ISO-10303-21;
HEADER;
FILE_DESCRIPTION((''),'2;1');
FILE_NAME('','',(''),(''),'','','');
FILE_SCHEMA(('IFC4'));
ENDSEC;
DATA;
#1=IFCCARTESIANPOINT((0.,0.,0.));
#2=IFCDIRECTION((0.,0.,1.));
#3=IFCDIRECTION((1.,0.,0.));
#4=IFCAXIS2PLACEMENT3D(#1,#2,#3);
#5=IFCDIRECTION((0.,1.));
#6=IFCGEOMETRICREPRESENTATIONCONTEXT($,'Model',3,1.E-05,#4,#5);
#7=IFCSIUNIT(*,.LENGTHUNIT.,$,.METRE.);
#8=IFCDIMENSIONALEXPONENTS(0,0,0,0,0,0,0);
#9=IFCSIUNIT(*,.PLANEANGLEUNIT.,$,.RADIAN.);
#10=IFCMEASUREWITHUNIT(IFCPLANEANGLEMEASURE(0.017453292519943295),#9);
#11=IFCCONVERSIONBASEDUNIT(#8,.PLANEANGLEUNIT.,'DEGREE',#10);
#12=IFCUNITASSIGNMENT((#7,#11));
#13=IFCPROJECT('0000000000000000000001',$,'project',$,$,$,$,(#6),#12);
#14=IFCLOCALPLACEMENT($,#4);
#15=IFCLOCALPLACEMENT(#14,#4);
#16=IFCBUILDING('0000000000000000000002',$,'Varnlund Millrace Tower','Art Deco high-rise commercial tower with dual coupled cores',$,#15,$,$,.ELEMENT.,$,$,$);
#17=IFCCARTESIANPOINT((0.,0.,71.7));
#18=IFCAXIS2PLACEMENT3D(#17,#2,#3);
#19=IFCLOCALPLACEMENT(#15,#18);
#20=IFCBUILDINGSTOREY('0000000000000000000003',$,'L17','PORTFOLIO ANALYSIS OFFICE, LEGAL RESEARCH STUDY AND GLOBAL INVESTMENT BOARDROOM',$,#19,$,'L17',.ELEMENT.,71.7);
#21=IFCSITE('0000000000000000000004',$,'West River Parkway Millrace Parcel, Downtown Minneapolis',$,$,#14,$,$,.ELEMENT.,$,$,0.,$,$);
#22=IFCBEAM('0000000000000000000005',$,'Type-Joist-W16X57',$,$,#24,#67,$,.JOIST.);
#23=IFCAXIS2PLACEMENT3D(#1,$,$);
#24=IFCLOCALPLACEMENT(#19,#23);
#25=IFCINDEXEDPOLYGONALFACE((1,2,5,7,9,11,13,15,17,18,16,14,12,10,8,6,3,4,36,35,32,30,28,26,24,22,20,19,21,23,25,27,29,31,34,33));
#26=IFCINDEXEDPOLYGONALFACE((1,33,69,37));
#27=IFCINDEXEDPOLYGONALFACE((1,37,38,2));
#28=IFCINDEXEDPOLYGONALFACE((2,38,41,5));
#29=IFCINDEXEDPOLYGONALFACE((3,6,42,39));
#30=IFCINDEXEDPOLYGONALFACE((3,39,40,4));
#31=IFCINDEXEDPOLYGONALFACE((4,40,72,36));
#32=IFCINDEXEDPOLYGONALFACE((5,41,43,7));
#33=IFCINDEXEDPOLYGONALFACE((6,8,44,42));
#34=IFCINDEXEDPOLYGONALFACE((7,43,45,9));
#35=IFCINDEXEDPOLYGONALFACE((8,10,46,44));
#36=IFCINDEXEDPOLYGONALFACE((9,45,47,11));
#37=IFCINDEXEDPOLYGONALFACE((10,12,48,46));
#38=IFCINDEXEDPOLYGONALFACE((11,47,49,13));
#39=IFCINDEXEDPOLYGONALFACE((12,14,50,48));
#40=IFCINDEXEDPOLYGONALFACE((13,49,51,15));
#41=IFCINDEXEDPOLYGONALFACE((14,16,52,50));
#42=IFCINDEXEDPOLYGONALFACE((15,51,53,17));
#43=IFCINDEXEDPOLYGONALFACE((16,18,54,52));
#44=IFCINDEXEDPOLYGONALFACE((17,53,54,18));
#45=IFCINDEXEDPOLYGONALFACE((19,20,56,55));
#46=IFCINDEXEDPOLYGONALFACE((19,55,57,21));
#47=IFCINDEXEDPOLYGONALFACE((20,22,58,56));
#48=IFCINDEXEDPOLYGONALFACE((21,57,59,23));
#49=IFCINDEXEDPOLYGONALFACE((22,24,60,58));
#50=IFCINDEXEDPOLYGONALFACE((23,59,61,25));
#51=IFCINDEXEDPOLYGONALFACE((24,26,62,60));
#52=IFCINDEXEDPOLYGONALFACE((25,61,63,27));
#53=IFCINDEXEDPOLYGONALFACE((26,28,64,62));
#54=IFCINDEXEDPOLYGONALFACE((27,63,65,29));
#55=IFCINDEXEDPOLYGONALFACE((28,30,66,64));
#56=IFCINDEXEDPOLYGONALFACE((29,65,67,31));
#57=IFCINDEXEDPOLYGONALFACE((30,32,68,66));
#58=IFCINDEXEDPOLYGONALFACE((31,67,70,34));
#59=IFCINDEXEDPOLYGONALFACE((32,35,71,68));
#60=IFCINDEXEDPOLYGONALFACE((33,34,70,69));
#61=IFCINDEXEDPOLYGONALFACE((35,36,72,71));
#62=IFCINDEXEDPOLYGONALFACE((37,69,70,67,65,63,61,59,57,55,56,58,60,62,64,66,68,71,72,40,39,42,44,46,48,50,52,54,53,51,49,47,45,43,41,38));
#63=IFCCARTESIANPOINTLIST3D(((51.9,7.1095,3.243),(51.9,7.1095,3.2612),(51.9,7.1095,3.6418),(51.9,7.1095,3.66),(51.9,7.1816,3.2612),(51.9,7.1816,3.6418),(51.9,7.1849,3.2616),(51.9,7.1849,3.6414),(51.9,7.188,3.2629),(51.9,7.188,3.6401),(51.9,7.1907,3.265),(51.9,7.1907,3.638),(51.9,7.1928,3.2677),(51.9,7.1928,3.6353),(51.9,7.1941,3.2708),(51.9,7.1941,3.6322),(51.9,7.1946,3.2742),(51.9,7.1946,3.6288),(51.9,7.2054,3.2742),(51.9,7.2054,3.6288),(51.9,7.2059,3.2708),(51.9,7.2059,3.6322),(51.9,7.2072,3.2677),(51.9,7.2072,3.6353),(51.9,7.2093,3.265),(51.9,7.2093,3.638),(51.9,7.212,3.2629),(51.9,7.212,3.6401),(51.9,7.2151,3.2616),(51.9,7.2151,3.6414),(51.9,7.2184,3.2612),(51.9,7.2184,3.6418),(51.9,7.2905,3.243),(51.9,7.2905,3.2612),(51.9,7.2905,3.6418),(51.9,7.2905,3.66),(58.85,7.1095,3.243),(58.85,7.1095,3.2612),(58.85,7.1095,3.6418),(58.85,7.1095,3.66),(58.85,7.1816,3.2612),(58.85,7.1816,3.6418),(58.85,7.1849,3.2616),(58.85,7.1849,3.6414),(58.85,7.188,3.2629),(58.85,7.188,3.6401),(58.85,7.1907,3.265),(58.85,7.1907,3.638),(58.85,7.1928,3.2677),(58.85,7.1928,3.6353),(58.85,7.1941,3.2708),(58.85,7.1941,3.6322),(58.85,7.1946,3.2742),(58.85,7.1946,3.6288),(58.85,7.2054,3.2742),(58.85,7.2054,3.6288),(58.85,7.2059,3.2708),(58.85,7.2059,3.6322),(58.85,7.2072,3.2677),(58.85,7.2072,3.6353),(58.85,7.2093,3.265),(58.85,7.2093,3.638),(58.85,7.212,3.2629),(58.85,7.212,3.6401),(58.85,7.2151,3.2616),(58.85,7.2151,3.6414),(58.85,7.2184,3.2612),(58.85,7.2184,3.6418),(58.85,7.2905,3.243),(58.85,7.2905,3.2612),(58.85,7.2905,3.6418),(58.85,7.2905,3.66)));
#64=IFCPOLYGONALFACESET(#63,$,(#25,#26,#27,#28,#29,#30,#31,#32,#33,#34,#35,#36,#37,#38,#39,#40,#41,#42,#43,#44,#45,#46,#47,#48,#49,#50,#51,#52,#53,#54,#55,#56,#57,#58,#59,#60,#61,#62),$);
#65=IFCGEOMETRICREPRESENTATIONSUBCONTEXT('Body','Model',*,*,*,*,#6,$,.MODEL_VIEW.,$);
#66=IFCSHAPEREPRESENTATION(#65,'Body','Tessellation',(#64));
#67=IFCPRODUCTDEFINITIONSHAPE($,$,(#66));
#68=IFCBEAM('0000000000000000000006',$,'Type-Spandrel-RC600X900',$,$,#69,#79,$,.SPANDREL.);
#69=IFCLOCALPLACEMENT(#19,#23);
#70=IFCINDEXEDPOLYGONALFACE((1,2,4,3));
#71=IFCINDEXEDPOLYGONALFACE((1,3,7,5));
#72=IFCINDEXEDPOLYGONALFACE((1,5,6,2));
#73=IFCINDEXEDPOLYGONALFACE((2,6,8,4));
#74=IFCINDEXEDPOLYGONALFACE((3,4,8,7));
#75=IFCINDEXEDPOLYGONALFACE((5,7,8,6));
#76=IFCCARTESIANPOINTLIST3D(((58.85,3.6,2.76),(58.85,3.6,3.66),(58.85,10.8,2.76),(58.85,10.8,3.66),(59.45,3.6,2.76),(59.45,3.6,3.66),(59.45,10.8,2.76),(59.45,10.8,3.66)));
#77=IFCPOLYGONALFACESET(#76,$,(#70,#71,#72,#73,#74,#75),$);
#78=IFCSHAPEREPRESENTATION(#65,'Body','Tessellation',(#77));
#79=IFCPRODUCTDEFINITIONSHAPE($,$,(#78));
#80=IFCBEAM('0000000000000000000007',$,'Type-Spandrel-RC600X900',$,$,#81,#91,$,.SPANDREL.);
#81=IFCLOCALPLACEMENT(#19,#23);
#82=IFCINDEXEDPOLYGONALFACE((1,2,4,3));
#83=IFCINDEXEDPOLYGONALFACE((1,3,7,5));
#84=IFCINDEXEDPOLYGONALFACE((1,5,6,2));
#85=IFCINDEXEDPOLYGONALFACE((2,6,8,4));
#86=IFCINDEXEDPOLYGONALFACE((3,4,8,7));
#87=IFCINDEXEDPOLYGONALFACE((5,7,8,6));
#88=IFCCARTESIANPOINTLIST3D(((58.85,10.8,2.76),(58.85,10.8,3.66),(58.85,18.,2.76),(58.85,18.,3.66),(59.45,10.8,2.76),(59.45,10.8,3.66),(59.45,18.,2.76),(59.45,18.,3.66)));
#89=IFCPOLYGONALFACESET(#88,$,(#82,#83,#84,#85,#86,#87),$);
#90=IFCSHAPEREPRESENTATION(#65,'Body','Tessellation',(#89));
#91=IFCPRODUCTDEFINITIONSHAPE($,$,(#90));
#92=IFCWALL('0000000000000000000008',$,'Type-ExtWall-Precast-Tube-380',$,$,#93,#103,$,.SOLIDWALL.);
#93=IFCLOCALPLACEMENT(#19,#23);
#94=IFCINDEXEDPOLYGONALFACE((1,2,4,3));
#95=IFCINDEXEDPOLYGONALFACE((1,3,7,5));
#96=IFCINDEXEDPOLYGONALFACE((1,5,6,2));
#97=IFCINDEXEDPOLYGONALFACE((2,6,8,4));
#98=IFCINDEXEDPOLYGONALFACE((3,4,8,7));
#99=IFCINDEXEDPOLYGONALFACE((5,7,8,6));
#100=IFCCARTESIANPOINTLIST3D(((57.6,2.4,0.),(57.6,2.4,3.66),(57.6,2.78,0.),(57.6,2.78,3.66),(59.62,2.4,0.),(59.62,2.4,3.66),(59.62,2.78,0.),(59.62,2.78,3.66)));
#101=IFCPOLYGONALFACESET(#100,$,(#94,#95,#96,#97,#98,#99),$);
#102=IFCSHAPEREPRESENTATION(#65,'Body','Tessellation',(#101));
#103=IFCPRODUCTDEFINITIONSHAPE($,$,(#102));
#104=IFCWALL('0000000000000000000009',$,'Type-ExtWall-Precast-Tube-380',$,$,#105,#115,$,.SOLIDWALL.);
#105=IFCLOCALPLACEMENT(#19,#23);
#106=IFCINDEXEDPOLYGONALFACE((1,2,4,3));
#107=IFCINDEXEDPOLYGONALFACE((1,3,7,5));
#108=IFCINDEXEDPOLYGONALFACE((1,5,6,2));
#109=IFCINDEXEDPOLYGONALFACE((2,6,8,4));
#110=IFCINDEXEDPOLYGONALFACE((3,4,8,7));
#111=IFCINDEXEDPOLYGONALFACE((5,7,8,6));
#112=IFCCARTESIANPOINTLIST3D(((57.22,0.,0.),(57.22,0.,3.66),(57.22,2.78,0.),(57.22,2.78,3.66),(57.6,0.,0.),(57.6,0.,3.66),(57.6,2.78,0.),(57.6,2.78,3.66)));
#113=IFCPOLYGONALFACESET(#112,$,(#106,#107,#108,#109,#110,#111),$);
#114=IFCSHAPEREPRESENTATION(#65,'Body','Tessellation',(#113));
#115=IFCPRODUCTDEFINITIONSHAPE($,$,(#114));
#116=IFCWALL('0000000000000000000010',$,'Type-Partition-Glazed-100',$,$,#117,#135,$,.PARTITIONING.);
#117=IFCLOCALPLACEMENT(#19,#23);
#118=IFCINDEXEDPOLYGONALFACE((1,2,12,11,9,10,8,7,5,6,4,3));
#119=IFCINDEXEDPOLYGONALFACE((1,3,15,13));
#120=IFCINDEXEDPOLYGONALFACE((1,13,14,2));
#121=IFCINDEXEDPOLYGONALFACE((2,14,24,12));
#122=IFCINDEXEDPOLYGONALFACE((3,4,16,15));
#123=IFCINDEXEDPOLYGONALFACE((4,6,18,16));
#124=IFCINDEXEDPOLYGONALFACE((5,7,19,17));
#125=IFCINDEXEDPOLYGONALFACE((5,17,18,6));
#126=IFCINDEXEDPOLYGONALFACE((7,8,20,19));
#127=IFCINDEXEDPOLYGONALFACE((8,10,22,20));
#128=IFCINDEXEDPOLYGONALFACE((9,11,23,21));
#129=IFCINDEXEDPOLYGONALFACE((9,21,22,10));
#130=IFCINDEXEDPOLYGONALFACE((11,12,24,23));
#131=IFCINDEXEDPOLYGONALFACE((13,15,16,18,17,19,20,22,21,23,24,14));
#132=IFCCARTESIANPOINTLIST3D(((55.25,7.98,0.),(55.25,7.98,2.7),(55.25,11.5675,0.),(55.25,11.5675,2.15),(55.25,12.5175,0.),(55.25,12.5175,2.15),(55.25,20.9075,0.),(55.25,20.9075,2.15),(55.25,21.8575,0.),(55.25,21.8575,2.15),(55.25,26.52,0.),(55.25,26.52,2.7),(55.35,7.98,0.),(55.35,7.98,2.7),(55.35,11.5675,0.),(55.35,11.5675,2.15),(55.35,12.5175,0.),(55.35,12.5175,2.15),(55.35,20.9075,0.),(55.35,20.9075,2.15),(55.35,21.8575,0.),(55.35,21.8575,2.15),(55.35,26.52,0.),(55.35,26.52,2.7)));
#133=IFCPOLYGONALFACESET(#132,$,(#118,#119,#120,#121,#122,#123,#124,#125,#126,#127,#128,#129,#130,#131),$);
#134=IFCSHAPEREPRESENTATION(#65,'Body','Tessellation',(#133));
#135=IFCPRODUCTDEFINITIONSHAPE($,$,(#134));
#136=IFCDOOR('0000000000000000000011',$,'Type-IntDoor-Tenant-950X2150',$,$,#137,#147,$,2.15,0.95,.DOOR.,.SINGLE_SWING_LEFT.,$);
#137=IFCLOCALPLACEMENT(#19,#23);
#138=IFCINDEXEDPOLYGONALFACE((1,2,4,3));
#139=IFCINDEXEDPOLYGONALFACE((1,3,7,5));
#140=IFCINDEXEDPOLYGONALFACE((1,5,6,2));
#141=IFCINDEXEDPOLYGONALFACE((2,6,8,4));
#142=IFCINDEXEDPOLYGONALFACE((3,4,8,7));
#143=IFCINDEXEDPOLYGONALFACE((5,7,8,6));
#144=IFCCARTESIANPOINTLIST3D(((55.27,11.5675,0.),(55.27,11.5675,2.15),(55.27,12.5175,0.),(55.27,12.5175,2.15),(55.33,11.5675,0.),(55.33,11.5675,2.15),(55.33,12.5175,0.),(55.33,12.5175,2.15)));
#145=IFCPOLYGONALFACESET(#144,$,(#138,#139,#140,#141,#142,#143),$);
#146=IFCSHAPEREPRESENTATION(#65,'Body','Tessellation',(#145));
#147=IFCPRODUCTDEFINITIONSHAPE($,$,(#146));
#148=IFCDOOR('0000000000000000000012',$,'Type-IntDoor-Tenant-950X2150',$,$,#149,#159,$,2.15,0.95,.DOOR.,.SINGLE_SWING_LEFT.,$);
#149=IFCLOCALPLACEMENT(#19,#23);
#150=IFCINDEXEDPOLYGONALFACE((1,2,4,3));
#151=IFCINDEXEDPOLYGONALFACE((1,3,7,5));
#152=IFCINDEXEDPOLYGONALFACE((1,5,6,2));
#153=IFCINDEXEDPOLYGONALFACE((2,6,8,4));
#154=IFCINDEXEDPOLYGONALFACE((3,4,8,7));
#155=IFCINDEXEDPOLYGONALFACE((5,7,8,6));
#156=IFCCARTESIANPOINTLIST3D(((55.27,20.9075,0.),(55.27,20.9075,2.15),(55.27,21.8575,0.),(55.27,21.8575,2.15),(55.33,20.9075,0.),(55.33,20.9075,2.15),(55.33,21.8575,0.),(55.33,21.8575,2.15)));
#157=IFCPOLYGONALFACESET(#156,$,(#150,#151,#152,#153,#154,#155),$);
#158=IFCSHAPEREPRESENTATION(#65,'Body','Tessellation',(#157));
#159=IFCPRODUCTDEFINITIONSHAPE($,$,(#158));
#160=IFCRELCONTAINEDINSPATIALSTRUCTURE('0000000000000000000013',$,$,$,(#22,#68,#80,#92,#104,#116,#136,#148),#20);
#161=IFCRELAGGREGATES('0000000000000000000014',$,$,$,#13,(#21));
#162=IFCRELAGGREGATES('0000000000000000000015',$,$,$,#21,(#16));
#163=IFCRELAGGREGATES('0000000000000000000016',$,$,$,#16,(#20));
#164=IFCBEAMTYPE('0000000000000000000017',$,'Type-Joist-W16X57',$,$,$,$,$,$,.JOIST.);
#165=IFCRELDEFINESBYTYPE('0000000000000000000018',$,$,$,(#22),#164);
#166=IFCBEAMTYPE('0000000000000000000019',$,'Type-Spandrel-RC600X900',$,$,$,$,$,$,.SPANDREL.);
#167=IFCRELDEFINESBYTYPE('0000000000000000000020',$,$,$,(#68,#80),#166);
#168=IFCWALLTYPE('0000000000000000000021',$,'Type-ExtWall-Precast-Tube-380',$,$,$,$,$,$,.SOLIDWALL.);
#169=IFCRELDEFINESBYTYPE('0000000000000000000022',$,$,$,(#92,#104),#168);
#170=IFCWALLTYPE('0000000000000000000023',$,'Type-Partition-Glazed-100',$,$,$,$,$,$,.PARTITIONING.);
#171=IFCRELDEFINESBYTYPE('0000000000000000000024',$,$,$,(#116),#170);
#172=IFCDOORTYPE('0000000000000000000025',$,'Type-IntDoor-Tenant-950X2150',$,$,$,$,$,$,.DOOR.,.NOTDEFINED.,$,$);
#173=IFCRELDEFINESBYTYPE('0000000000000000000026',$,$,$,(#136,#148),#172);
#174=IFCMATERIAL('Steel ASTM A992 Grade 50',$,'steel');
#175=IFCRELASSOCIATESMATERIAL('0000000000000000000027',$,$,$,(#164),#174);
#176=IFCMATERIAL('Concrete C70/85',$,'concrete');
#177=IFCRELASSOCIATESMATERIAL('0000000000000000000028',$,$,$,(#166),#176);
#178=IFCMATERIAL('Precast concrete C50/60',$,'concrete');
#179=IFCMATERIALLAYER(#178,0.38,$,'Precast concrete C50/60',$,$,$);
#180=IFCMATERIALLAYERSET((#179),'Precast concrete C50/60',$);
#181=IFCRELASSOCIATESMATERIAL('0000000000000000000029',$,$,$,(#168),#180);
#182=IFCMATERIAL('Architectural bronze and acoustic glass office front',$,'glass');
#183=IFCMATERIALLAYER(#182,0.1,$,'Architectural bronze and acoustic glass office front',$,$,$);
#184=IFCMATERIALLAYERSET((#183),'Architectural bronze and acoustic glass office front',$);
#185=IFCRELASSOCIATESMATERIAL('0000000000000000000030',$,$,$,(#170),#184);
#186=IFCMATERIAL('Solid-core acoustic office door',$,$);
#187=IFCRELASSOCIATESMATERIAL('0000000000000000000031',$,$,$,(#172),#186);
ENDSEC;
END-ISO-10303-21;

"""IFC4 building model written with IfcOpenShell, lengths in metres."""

from ifc_helpers import new_model, entity, si_unit, converted_unit, direction, frame, origin_with_axes, origin_2d_with_axis, place, context, subcontext, project, spatial, polyline, rectangle, i_section, outline, extrude, material, layer, layer_set, material_profile, profile_set, type_object, element, fill, save


model = new_model("IFC4")

# Units and contexts
model_context = context("Model", 3, precision=1e-05, world=origin_with_axes(), true_north=direction((0.0, 1.0)))
body_context = subcontext(model_context, "Body", "Model", "MODEL_VIEW")
ifc_project = project(units=[si_unit("LENGTHUNIT", "METRE"), converted_unit("PLANEANGLEUNIT", "DEGREE", entity("IfcPlaneAngleMeasure", 0.017453292519943295), si_unit("PLANEANGLEUNIT", "RADIAN"), dimensions=[0, 0, 0, 0, 0, 0, 0])], contexts=[model_context])

# Site, building, storey
site_placement = place(None, origin_with_axes())
site = spatial("IfcSite", under=ifc_project, at=site_placement, Name="West River Parkway Millrace Parcel, Downtown Minneapolis", CompositionType="ELEMENT", RefElevation=0.0)
building_placement = place(site_placement, origin_with_axes())
building = spatial("IfcBuilding", under=site, at=building_placement, Name="Varnlund Millrace Tower", Description="Art Deco high-rise commercial tower with dual coupled cores", CompositionType="ELEMENT")
storey_placement = place(building_placement, frame((0.0, 0.0, 71.7), z_axis=(0.0, 0.0, 1.0), x_axis=(1.0, 0.0, 0.0)))
storey = spatial("IfcBuildingStorey", under=building, at=storey_placement, Name="L17", Description="PORTFOLIO ANALYSIS OFFICE, LEGAL RESEARCH STUDY AND GLOBAL INVESTMENT BOARDROOM", LongName="L17", CompositionType="ELEMENT", Elevation=71.7)

# Beams
ifc_material_1 = material(Name="Steel ASTM A992 Grade 50", Category="steel")
ifc_material_profile_1 = material_profile(ifc_material_1, i_section(OverallWidth=0.181, OverallDepth=0.417, WebThickness=0.0109, FlangeThickness=0.0182, FilletRadius=0.013, at=origin_2d_with_axis()), Name="Steel ASTM A992 Grade 50")
ifc_profile_set_1 = profile_set([ifc_material_profile_1], Name="Steel ASTM A992 Grade 50")
beam_type_1 = type_object("IfcBeamType", Name="Type-Joist-W16X57", PredefinedType="JOIST", material=ifc_profile_set_1)
beam_placement = place(storey_placement, frame((51.9, 7.2, 3.4515), z_axis=(1.0, 0.0, 0.0), x_axis=(0.0, 1.0, 0.0)))
element("IfcBeam", 1, at=beam_placement, inside=storey, type_object=beam_type_1, Name="Type-Joist-W16X57", PredefinedType="JOIST", context=body_context, shape_type="SweptSolid", body=[
    extrude(i_section(OverallWidth=0.181, OverallDepth=0.417, WebThickness=0.0109, FlangeThickness=0.0182, FilletRadius=0.013, at=origin_2d_with_axis()), origin_with_axes(), (0.0, 0.0, 1.0), 6.95),
])
ifc_material_2 = material(Name="Concrete C70/85", Category="concrete")
ifc_material_profile_2 = material_profile(ifc_material_2, rectangle(XDim=0.6, YDim=0.9, at=origin_2d_with_axis()), Name="Concrete C70/85")
ifc_profile_set_2 = profile_set([ifc_material_profile_2], Name="Concrete C70/85")
beam_type_2 = type_object("IfcBeamType", Name="Type-Spandrel-RC600X900", PredefinedType="SPANDREL", material=ifc_profile_set_2)
for number, where, z_axis, x_axis, name in (
    (2, (59.15, 3.6, 3.21), (0.0, 1.0, 0.0), (-1.0, 0.0, 0.0), "Type-Spandrel-RC600X900"),
    (3, (59.15, 10.8, 3.21), (0.0, 1.0, 0.0), (-1.0, 0.0, 0.0), "Type-Spandrel-RC600X900"),
):
    element("IfcBeam", number, at=place(storey_placement, frame(where, z_axis=z_axis, x_axis=x_axis)), inside=storey, type_object=beam_type_2, Name=name, PredefinedType="SPANDREL", context=body_context, shape_type="SweptSolid", body=[
        extrude(rectangle(XDim=0.6, YDim=0.9, at=origin_2d_with_axis()), origin_with_axes(), (0.0, 0.0, 1.0), 7.2),
    ])

# Walls
ifc_material_3 = material(Name="Precast concrete C50/60", Category="concrete")
ifc_layer_1 = layer(ifc_material_3, 0.38, Name="Precast concrete C50/60")
ifc_layer_set_1 = layer_set([ifc_layer_1], Name="Precast concrete C50/60")
wall_type_1 = type_object("IfcWallType", Name="Type-ExtWall-Precast-Tube-380", PredefinedType="SOLIDWALL", material=ifc_layer_set_1)
wall_1_placement = place(storey_placement, frame((59.62, 2.59, 0.0), z_axis=(0.0, 0.0, 1.0), x_axis=(-1.0, 0.0, 0.0)))
element("IfcWall", 4, at=wall_1_placement, inside=storey, type_object=wall_type_1, Name="Type-ExtWall-Precast-Tube-380", PredefinedType="SOLIDWALL", context=body_context, shape_type="SweptSolid", body=[
    extrude(outline(polyline([(0.0, -0.19), (2.02, -0.19), (2.02, 0.19), (0.0, 0.19), (0.0, -0.19)])), origin_with_axes(), (0.0, 0.0, 1.0), 3.66),
])
wall_2_placement = place(storey_placement, frame((57.41, 2.78, 0.0), z_axis=(0.0, 0.0, 1.0), x_axis=(0.0, -1.0, 0.0)))
element("IfcWall", 5, at=wall_2_placement, inside=storey, type_object=wall_type_1, Name="Type-ExtWall-Precast-Tube-380", PredefinedType="SOLIDWALL", context=body_context, shape_type="SweptSolid", body=[
    extrude(outline(polyline([(0.0, -0.19), (2.78, -0.19), (2.78, 0.19), (0.0, 0.19), (0.0, -0.19)])), origin_with_axes(), (0.0, 0.0, 1.0), 3.66),
])

# Wall, openings, doors
ifc_material_4 = material(Name="Architectural bronze and acoustic glass office front", Category="glass")
ifc_layer_2 = layer(ifc_material_4, 0.1, Name="Architectural bronze and acoustic glass office front")
ifc_layer_set_2 = layer_set([ifc_layer_2], Name="Architectural bronze and acoustic glass office front")
wall_type_2 = type_object("IfcWallType", Name="Type-Partition-Glazed-100", PredefinedType="PARTITIONING", material=ifc_layer_set_2)
wall_3_placement = place(storey_placement, frame((55.3, 7.98, 0.0), z_axis=(0.0, 0.0, 1.0), x_axis=(0.0, 1.0, 0.0)))
wall_3 = element("IfcWall", 6, at=wall_3_placement, inside=storey, type_object=wall_type_2, Name="Type-Partition-Glazed-100", PredefinedType="PARTITIONING", context=body_context, shape_type="SweptSolid", body=[
    extrude(outline(polyline([(0.0, -0.05), (18.54, -0.05), (18.54, 0.05), (0.0, 0.05), (0.0, -0.05)])), origin_with_axes(), (0.0, 0.0, 1.0), 2.7),
])
opening_1_placement = place(wall_3_placement, frame((4.0625, 0.0, 0.0), z_axis=(0.0, 0.0, 1.0), x_axis=(1.0, 0.0, 0.0)))
opening_1 = element("IfcOpeningElement", 7, at=opening_1_placement, cuts=wall_3, PredefinedType="OPENING", context=body_context, shape_type="SweptSolid", body=[
    extrude(rectangle(XDim=0.95, YDim=0.12, at=origin_2d_with_axis()), origin_with_axes(), (0.0, 0.0, 1.0), 2.15),
])
opening_2_placement = place(wall_3_placement, frame((13.4025, 0.0, 0.0), z_axis=(0.0, 0.0, 1.0), x_axis=(1.0, 0.0, 0.0)))
opening_2 = element("IfcOpeningElement", 8, at=opening_2_placement, cuts=wall_3, PredefinedType="OPENING", context=body_context, shape_type="SweptSolid", body=[
    extrude(rectangle(XDim=0.95, YDim=0.12, at=origin_2d_with_axis()), origin_with_axes(), (0.0, 0.0, 1.0), 2.15),
])
ifc_material_5 = material(Name="Solid-core acoustic office door")
door_type_1 = type_object("IfcDoorType", Name="Type-IntDoor-Tenant-950X2150", OperationType="NOTDEFINED", PredefinedType="DOOR", material=ifc_material_5)
door_1_placement = place(wall_3_placement, frame((4.0625, 0.0, 0.0), z_axis=(0.0, 0.0, 1.0), x_axis=(1.0, 0.0, 0.0)))
door_1 = element("IfcDoor", 9, at=door_1_placement, inside=storey, type_object=door_type_1, Name="Type-IntDoor-Tenant-950X2150", OperationType="SINGLE_SWING_LEFT", OverallHeight=2.15, OverallWidth=0.95, PredefinedType="DOOR", context=body_context, shape_type="SweptSolid", body=[
    extrude(rectangle(XDim=0.95, YDim=0.06, at=origin_2d_with_axis()), origin_with_axes(), (0.0, 0.0, 1.0), 2.15),
])
fill(opening_1, door_1)
door_2_placement = place(wall_3_placement, frame((13.4025, 0.0, 0.0), z_axis=(0.0, 0.0, 1.0), x_axis=(1.0, 0.0, 0.0)))
door_2 = element("IfcDoor", 10, at=door_2_placement, inside=storey, type_object=door_type_1, Name="Type-IntDoor-Tenant-950X2150", OperationType="SINGLE_SWING_LEFT", OverallHeight=2.15, OverallWidth=0.95, PredefinedType="DOOR", context=body_context, shape_type="SweptSolid", body=[
    extrude(rectangle(XDim=0.95, YDim=0.06, at=origin_2d_with_axis()), origin_with_axes(), (0.0, 0.0, 1.0), 2.15),
])
fill(opening_2, door_2)

save(model, "model.ifc")
